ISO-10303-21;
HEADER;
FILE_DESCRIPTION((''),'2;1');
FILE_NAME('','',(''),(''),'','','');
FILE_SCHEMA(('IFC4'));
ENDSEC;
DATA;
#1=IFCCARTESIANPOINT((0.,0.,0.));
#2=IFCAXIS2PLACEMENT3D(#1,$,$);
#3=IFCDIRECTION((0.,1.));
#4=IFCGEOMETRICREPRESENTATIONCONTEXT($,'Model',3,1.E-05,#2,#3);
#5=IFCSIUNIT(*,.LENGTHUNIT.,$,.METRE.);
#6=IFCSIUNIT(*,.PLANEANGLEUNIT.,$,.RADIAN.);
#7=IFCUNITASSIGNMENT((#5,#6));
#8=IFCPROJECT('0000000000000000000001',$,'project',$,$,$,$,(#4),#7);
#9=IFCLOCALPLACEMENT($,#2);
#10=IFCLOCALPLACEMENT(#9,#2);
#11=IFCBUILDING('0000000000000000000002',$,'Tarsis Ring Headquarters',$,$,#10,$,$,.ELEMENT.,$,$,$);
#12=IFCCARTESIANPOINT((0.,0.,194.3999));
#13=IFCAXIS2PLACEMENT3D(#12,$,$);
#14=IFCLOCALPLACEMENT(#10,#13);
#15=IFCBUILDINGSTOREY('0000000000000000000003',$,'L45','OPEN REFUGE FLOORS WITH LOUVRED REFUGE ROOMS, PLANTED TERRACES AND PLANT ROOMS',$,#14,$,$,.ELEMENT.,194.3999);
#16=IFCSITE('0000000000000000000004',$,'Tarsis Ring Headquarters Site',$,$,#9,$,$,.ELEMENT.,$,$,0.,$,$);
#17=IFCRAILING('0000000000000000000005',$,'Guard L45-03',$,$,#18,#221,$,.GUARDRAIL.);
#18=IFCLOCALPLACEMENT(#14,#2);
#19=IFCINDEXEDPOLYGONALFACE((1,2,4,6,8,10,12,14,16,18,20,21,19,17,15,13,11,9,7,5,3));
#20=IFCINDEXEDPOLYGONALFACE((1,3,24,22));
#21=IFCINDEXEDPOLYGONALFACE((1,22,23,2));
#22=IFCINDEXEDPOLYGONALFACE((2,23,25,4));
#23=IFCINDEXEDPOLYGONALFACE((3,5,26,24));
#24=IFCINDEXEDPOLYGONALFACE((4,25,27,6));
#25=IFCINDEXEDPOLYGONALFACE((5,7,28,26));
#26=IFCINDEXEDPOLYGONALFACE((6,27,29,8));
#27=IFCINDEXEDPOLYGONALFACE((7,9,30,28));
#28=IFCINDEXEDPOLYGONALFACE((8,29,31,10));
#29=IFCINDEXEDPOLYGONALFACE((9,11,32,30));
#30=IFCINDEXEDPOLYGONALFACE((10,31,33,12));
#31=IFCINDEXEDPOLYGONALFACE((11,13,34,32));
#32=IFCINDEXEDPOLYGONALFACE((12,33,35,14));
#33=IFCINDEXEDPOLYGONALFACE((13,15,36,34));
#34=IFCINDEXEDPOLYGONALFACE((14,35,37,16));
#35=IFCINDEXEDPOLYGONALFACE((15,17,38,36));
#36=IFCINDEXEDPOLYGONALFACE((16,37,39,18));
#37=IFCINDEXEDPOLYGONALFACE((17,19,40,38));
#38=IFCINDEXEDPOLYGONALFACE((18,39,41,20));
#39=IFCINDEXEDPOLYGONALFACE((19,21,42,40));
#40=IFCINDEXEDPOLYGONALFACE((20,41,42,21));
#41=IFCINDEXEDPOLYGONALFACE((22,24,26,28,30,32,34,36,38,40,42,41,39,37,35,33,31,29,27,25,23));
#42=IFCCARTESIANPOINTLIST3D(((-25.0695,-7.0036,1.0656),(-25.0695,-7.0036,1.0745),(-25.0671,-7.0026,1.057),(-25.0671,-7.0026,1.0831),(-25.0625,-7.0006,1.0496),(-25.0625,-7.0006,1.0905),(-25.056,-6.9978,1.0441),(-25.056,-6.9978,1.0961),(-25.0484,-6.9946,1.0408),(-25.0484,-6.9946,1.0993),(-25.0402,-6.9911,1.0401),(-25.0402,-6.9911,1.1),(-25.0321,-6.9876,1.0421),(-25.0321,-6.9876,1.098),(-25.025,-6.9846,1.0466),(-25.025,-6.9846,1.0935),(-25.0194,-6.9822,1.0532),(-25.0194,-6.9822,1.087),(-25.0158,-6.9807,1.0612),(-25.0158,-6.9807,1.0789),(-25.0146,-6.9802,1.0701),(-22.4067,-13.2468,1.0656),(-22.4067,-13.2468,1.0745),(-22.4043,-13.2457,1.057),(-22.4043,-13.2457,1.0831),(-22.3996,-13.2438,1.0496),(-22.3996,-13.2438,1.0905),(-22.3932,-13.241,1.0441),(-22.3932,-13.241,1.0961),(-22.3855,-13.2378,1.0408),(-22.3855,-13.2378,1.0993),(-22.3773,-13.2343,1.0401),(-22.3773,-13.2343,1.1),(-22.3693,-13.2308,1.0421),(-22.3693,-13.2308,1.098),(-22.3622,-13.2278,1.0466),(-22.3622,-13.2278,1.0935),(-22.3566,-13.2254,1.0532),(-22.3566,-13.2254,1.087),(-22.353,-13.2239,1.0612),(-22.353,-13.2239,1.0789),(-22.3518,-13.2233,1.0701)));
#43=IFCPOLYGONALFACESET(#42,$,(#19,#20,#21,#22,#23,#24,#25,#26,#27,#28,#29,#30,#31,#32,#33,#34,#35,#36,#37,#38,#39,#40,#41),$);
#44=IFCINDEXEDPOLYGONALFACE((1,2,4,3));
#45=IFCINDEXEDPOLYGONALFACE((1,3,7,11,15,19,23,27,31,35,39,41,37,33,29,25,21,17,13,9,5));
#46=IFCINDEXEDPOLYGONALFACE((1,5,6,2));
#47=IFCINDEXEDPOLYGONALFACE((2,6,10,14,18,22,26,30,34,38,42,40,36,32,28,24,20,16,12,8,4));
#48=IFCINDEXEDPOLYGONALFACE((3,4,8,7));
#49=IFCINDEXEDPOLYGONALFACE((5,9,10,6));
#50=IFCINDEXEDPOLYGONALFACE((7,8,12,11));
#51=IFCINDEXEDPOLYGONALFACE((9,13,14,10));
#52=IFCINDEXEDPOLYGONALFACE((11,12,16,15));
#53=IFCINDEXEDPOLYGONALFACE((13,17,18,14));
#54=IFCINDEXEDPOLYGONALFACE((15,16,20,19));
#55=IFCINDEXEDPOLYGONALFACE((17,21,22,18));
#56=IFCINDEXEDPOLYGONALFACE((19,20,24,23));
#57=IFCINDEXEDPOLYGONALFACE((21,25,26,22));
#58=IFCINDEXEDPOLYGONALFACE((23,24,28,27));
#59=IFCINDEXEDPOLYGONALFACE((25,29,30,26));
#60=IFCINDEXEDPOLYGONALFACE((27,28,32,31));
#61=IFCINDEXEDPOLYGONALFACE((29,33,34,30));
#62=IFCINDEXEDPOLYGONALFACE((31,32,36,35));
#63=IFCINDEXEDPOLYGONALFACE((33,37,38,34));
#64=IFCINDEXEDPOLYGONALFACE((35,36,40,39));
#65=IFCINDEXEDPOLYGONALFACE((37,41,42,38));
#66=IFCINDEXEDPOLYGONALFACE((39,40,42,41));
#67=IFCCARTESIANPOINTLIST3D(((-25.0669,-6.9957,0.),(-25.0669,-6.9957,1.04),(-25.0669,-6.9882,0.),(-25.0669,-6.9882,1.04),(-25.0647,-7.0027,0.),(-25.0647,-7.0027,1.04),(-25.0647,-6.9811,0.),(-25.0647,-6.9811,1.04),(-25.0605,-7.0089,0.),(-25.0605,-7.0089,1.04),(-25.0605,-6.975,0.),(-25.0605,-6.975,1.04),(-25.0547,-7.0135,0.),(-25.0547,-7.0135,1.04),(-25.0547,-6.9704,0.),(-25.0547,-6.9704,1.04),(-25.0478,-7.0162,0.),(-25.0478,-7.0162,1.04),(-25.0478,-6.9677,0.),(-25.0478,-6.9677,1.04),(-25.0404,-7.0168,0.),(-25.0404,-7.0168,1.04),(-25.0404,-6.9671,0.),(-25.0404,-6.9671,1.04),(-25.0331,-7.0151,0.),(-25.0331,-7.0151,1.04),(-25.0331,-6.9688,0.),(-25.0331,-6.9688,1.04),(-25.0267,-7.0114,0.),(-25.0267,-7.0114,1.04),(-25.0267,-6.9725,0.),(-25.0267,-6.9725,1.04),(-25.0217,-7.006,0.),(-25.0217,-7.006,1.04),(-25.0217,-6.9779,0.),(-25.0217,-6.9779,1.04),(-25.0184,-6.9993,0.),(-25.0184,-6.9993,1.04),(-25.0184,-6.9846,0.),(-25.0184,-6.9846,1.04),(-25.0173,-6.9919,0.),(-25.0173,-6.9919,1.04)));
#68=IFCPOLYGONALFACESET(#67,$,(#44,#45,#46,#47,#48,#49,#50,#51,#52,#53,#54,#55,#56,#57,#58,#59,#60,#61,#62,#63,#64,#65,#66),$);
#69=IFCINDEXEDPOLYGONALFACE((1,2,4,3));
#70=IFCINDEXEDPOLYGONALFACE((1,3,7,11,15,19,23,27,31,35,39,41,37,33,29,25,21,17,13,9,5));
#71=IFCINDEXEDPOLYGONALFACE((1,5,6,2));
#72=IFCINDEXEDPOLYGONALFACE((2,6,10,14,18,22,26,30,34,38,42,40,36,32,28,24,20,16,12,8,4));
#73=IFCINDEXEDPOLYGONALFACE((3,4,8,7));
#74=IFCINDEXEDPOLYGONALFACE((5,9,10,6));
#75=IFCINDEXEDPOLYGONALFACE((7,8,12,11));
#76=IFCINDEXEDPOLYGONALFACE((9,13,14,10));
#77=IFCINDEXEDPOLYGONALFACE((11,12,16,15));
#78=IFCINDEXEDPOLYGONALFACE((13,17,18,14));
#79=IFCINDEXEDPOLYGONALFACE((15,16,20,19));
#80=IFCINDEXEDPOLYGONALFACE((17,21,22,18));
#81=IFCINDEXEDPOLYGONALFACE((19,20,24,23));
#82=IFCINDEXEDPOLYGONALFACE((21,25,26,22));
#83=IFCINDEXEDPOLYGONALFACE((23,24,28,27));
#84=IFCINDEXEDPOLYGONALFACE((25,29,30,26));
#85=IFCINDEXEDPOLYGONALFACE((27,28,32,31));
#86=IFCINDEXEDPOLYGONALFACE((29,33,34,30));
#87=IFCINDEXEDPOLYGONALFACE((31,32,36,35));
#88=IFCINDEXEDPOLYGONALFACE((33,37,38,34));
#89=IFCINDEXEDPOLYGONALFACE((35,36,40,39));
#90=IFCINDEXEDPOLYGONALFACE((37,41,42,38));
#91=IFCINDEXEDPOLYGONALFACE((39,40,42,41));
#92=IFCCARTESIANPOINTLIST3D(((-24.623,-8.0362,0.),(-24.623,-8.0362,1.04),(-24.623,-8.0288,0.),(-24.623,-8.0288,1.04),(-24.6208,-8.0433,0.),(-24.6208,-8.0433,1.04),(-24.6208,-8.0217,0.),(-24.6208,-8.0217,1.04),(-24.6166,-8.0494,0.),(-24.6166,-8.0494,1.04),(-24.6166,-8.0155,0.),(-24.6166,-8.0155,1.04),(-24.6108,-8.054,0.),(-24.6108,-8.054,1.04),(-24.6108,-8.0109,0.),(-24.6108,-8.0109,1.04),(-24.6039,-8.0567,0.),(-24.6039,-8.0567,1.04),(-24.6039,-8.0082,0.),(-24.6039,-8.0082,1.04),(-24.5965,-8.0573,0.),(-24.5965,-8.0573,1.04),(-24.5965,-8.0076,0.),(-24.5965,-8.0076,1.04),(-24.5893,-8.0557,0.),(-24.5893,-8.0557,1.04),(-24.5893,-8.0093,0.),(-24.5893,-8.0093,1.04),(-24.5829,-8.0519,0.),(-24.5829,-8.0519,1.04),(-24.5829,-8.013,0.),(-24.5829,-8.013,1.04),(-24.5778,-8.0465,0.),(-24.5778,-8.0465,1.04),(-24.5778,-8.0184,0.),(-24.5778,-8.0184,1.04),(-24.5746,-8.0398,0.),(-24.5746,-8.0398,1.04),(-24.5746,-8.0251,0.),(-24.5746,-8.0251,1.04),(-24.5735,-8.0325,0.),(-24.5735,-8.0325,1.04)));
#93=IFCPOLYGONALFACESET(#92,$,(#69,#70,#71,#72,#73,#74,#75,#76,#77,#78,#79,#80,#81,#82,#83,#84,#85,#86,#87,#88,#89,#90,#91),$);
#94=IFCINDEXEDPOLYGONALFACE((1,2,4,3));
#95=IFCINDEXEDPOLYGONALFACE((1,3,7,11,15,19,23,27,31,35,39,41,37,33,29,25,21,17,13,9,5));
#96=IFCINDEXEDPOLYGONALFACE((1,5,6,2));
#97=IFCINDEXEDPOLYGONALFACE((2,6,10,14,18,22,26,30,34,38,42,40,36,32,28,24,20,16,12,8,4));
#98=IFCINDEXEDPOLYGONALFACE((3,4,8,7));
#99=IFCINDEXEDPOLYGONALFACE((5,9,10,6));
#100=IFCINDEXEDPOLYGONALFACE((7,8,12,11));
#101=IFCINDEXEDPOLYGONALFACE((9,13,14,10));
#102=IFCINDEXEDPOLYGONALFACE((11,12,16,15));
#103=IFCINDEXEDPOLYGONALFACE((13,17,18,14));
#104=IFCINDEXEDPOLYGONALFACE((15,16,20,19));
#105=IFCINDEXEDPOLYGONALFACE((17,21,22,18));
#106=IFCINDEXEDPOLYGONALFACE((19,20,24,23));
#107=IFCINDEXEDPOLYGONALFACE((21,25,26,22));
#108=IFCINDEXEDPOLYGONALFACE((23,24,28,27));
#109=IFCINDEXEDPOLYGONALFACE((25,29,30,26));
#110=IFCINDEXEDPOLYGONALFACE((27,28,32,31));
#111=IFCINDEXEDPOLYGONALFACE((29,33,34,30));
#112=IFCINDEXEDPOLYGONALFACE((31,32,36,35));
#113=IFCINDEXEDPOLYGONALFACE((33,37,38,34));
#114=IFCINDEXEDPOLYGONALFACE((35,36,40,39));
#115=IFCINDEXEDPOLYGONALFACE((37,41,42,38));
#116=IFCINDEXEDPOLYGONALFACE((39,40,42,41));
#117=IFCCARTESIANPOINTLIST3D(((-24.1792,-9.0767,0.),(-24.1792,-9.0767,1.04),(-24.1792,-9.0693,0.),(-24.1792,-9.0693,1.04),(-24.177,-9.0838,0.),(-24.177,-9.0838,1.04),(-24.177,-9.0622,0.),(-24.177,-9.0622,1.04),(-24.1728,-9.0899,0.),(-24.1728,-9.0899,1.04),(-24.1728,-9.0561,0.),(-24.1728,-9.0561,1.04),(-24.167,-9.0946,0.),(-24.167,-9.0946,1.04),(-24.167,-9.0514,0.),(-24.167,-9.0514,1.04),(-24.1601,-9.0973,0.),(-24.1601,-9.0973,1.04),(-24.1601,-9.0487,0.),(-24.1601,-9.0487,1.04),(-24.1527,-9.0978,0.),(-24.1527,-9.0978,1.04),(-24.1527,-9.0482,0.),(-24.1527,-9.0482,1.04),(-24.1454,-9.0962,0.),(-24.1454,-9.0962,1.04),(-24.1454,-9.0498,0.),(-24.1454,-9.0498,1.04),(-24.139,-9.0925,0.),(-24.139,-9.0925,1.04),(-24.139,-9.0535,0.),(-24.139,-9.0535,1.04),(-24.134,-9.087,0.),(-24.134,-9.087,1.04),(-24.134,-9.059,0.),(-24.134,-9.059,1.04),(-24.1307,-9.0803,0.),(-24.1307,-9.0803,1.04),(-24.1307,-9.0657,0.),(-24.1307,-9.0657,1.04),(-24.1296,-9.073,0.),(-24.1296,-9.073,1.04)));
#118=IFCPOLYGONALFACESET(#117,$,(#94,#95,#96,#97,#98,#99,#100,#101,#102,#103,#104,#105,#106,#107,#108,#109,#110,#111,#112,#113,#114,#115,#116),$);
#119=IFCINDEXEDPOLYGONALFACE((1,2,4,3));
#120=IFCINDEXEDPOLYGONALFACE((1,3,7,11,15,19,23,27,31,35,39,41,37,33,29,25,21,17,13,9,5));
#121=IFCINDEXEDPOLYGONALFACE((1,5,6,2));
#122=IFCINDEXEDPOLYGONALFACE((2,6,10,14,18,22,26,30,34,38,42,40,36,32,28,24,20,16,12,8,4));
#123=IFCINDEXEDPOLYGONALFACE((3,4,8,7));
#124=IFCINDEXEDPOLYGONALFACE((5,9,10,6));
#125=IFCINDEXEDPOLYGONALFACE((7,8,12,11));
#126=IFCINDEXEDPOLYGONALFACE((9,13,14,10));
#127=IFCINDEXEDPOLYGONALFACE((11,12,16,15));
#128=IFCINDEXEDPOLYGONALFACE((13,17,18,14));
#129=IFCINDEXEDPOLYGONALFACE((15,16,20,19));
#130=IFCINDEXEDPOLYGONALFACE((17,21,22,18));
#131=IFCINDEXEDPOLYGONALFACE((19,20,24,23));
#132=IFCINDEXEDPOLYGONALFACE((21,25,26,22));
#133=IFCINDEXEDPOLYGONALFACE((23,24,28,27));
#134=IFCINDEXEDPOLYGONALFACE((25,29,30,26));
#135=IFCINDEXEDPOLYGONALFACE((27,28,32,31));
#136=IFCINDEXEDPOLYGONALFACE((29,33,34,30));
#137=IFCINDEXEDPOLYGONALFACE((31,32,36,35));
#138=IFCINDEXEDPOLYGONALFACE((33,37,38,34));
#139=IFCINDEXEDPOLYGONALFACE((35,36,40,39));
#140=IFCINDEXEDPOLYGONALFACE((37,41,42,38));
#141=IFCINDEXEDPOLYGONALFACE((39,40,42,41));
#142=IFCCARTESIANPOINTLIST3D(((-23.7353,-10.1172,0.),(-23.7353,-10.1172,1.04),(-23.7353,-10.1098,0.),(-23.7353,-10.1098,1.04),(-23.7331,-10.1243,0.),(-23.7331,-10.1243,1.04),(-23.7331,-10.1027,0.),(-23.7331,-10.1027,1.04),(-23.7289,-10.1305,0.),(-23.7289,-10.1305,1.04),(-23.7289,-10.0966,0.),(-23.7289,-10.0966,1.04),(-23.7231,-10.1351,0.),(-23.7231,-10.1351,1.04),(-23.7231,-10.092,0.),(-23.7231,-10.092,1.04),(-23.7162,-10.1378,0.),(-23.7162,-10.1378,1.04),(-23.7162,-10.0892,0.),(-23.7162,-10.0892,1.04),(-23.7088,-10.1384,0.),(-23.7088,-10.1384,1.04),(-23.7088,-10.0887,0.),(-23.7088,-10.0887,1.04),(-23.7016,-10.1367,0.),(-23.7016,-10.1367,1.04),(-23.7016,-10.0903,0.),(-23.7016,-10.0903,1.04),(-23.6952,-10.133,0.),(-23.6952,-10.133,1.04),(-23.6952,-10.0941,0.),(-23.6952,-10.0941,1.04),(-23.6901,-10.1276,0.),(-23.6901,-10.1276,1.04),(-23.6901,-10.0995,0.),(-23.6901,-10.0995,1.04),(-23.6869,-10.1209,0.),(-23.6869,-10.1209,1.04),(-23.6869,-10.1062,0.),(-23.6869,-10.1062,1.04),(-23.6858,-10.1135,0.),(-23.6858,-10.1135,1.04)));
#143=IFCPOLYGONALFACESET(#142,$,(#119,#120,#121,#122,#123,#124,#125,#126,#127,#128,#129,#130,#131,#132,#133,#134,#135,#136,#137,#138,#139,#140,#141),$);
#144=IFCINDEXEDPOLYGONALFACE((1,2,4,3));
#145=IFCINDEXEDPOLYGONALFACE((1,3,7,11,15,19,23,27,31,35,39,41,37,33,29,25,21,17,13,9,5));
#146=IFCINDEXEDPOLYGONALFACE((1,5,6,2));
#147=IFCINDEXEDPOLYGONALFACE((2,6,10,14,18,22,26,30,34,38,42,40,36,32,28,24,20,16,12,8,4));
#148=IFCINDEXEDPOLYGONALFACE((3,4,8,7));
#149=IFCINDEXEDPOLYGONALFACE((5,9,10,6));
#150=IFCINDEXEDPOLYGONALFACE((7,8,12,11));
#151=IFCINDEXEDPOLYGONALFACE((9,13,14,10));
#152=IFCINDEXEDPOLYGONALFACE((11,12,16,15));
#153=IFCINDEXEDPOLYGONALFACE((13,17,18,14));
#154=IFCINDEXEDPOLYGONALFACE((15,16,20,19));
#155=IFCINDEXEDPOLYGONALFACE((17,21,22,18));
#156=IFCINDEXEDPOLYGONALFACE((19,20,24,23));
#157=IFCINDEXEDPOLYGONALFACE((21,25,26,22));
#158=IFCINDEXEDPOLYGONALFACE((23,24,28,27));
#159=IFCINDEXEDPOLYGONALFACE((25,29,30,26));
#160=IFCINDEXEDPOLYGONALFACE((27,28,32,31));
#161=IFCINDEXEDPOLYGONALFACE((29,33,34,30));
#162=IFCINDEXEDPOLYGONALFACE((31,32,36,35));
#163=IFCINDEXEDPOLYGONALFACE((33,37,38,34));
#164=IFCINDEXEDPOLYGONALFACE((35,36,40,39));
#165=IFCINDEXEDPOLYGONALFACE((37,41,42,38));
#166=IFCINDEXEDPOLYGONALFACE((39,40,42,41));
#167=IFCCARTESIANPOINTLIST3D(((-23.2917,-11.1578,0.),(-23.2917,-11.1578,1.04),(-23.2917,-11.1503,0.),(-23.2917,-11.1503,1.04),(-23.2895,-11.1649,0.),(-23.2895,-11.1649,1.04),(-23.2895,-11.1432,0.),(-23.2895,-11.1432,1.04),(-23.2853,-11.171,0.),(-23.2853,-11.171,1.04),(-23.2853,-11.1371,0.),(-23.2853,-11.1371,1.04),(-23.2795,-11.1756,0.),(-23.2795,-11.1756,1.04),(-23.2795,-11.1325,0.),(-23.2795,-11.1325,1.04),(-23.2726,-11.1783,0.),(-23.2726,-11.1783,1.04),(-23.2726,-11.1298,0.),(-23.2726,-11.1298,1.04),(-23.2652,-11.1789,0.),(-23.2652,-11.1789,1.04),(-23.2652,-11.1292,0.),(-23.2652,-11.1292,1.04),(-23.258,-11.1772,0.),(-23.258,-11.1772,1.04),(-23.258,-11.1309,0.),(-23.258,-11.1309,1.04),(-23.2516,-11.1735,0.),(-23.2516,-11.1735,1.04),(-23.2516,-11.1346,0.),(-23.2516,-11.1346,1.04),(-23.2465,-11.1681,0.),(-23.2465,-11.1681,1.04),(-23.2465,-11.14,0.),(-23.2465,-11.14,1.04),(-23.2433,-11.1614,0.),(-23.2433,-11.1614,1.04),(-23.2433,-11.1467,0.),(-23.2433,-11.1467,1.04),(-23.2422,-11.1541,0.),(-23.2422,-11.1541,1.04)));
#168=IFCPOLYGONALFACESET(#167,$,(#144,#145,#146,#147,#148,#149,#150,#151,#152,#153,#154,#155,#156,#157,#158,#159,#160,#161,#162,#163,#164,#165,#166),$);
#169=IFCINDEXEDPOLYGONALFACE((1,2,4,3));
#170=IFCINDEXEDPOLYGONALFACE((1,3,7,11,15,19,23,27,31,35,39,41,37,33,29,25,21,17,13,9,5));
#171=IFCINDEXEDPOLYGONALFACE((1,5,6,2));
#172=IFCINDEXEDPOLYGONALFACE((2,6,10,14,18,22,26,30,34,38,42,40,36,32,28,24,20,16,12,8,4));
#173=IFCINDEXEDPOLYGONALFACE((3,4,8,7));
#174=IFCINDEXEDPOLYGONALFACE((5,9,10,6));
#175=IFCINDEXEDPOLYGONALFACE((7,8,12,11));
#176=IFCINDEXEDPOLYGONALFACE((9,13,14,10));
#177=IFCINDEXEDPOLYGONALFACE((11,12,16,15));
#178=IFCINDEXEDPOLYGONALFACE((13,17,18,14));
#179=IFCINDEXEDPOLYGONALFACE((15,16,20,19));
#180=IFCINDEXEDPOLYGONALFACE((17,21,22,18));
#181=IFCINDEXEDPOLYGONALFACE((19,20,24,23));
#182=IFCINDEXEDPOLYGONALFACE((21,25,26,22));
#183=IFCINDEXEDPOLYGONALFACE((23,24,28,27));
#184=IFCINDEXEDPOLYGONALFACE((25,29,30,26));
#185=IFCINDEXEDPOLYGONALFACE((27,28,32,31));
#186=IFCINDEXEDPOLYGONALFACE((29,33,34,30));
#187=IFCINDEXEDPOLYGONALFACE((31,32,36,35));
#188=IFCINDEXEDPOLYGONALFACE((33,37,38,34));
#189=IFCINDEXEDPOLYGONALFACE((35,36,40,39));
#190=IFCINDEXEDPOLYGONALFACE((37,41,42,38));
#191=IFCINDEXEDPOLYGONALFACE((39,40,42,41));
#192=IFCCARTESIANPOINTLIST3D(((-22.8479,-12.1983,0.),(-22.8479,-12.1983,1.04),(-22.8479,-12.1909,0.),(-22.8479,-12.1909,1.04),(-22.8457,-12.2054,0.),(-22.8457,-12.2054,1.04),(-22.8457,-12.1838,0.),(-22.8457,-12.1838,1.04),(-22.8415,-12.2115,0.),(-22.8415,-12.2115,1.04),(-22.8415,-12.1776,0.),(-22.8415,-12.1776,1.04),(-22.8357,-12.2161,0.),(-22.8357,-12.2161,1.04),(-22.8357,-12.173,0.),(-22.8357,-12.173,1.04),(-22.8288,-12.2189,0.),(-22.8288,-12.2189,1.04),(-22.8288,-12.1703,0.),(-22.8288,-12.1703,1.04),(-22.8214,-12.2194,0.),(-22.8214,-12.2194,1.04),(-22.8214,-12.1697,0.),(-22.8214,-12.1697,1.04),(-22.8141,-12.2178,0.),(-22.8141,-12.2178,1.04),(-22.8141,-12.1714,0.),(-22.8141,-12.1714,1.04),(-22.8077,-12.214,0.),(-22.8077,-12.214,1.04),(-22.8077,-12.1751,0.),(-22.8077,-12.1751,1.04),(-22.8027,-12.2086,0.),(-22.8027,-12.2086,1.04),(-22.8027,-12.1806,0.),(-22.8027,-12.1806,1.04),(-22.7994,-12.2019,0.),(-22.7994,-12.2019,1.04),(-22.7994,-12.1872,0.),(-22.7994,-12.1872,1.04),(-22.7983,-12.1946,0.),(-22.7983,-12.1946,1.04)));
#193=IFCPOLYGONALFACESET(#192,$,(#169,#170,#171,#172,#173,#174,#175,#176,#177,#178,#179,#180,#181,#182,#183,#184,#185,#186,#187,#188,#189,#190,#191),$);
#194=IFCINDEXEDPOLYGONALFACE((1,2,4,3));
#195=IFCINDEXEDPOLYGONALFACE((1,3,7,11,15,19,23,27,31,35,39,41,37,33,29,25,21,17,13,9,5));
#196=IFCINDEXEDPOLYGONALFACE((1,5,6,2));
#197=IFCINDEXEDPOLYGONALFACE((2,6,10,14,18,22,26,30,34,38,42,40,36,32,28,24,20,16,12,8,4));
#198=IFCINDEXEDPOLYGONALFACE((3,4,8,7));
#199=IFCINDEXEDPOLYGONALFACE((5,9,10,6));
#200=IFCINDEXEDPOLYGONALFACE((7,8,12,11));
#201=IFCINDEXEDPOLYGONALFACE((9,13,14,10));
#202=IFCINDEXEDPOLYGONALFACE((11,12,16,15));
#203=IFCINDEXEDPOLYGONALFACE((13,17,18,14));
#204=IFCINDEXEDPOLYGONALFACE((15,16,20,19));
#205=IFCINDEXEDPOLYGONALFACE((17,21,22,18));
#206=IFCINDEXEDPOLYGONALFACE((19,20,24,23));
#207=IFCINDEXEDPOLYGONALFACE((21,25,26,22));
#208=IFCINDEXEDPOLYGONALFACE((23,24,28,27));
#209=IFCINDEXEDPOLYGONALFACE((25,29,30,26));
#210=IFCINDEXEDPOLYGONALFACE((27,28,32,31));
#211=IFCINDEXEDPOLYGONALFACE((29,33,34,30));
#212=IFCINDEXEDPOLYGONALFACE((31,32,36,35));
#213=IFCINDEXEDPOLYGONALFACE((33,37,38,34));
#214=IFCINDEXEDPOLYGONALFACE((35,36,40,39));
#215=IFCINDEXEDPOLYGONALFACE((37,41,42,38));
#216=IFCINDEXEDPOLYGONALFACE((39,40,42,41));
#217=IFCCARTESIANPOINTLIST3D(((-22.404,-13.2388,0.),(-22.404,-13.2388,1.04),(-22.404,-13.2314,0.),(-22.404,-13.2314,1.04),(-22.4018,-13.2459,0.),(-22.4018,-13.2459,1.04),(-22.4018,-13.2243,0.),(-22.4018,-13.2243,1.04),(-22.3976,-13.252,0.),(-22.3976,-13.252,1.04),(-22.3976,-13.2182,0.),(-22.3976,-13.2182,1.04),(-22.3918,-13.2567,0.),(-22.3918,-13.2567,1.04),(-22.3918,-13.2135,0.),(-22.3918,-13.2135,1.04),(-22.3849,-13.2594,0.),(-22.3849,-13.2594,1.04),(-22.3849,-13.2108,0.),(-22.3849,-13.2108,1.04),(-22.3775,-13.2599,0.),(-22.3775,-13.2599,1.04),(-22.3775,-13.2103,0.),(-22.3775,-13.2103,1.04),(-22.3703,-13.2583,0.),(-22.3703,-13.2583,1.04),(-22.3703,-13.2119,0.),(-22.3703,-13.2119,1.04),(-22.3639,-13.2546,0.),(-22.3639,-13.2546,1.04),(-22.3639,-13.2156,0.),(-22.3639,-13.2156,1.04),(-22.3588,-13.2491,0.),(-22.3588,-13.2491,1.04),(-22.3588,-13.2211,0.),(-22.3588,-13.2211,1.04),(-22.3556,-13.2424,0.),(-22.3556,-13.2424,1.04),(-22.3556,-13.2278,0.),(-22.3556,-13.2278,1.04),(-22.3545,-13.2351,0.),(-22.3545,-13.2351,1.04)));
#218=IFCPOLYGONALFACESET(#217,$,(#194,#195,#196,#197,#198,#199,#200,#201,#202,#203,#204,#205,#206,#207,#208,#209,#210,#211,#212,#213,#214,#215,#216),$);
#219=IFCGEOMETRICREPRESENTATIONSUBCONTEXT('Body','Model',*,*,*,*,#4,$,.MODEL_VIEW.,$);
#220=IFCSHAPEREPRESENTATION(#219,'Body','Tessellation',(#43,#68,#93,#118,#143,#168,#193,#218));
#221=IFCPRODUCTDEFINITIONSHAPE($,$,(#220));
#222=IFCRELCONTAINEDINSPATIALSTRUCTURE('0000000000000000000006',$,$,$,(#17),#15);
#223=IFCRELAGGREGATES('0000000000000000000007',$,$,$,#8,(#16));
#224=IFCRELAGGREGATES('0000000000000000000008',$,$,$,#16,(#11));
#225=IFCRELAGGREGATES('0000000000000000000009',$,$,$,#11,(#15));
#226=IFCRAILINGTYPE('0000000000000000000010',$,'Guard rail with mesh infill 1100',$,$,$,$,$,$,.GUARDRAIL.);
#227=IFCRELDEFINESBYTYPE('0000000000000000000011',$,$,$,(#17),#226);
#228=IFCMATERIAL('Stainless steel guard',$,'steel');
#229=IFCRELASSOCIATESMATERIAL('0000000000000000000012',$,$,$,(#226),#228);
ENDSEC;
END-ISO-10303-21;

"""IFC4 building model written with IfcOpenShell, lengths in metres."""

from ifc_helpers import new_model, si_unit, direction, frame, origin, origin_2d, place, context, subcontext, project, spatial, circle, extrude, material, type_object, element, save


model = new_model("IFC4")

# Units and contexts
model_context = context("Model", 3, precision=1e-05, world=origin(), true_north=direction((0.0, 1.0)))
body_context = subcontext(model_context, "Body", "Model", "MODEL_VIEW")
ifc_project = project(units=[si_unit("LENGTHUNIT", "METRE"), si_unit("PLANEANGLEUNIT", "RADIAN")], contexts=[model_context])

# Site, building, storey
site_placement = place(None, origin())
site = spatial("IfcSite", under=ifc_project, at=site_placement, Name="Tarsis Ring Headquarters Site", CompositionType="ELEMENT", RefElevation=0.0)
building_placement = place(site_placement, origin())
building = spatial("IfcBuilding", under=site, at=building_placement, Name="Tarsis Ring Headquarters", CompositionType="ELEMENT")
storey_placement = place(building_placement, frame((0.0, 0.0, 194.3999)))
storey = spatial("IfcBuildingStorey", under=building, at=storey_placement, Name="L45", Description="OPEN REFUGE FLOORS WITH LOUVRED REFUGE ROOMS, PLANTED TERRACES AND PLANT ROOMS", CompositionType="ELEMENT", Elevation=194.3999)

# Railing
ifc_material_1 = material(Name="Stainless steel guard", Category="steel")
railing_type = type_object("IfcRailingType", Name="Guard rail with mesh infill 1100", PredefinedType="GUARDRAIL", material=ifc_material_1)
railing_1_placement = place(storey_placement, frame((-25.0422, -6.9919, 0.0)))
element("IfcRailing", 1, at=railing_1_placement, inside=storey, type_object=railing_type, Name="Guard L45-03", PredefinedType="GUARDRAIL", context=body_context, shape_type="SweptSolid", body=[
    extrude(circle(Radius=0.03, at=origin_2d()), frame((0.0, 0.0, 1.0701), z_axis=(0.392325, -0.919826, 0.0), x_axis=(0.919826, 0.392325, 0.0)), (0.0, 0.0, 1.0), 6.7874),
    extrude(circle(Radius=0.0249, at=origin_2d()), origin(), (0.0, 0.0, 1.0), 1.04),
    extrude(circle(Radius=0.0249, at=origin_2d()), frame((0.4438, -1.0405, 0.0)), (0.0, 0.0, 1.0), 1.04),
    extrude(circle(Radius=0.0249, at=origin_2d()), frame((0.8877, -2.0811, 0.0)), (0.0, 0.0, 1.0), 1.04),
    extrude(circle(Radius=0.0249, at=origin_2d()), frame((1.3315, -3.1216, 0.0)), (0.0, 0.0, 1.0), 1.04),
    extrude(circle(Radius=0.0249, at=origin_2d()), frame((1.7751, -4.1621, 0.0)), (0.0, 0.0, 1.0), 1.04),
    extrude(circle(Radius=0.0249, at=origin_2d()), frame((2.219, -5.2026, 0.0)), (0.0, 0.0, 1.0), 1.04),
    extrude(circle(Radius=0.0249, at=origin_2d()), frame((2.6628, -6.2432, 0.0)), (0.0, 0.0, 1.0), 1.04),
])

save(model, "model.ifc")
